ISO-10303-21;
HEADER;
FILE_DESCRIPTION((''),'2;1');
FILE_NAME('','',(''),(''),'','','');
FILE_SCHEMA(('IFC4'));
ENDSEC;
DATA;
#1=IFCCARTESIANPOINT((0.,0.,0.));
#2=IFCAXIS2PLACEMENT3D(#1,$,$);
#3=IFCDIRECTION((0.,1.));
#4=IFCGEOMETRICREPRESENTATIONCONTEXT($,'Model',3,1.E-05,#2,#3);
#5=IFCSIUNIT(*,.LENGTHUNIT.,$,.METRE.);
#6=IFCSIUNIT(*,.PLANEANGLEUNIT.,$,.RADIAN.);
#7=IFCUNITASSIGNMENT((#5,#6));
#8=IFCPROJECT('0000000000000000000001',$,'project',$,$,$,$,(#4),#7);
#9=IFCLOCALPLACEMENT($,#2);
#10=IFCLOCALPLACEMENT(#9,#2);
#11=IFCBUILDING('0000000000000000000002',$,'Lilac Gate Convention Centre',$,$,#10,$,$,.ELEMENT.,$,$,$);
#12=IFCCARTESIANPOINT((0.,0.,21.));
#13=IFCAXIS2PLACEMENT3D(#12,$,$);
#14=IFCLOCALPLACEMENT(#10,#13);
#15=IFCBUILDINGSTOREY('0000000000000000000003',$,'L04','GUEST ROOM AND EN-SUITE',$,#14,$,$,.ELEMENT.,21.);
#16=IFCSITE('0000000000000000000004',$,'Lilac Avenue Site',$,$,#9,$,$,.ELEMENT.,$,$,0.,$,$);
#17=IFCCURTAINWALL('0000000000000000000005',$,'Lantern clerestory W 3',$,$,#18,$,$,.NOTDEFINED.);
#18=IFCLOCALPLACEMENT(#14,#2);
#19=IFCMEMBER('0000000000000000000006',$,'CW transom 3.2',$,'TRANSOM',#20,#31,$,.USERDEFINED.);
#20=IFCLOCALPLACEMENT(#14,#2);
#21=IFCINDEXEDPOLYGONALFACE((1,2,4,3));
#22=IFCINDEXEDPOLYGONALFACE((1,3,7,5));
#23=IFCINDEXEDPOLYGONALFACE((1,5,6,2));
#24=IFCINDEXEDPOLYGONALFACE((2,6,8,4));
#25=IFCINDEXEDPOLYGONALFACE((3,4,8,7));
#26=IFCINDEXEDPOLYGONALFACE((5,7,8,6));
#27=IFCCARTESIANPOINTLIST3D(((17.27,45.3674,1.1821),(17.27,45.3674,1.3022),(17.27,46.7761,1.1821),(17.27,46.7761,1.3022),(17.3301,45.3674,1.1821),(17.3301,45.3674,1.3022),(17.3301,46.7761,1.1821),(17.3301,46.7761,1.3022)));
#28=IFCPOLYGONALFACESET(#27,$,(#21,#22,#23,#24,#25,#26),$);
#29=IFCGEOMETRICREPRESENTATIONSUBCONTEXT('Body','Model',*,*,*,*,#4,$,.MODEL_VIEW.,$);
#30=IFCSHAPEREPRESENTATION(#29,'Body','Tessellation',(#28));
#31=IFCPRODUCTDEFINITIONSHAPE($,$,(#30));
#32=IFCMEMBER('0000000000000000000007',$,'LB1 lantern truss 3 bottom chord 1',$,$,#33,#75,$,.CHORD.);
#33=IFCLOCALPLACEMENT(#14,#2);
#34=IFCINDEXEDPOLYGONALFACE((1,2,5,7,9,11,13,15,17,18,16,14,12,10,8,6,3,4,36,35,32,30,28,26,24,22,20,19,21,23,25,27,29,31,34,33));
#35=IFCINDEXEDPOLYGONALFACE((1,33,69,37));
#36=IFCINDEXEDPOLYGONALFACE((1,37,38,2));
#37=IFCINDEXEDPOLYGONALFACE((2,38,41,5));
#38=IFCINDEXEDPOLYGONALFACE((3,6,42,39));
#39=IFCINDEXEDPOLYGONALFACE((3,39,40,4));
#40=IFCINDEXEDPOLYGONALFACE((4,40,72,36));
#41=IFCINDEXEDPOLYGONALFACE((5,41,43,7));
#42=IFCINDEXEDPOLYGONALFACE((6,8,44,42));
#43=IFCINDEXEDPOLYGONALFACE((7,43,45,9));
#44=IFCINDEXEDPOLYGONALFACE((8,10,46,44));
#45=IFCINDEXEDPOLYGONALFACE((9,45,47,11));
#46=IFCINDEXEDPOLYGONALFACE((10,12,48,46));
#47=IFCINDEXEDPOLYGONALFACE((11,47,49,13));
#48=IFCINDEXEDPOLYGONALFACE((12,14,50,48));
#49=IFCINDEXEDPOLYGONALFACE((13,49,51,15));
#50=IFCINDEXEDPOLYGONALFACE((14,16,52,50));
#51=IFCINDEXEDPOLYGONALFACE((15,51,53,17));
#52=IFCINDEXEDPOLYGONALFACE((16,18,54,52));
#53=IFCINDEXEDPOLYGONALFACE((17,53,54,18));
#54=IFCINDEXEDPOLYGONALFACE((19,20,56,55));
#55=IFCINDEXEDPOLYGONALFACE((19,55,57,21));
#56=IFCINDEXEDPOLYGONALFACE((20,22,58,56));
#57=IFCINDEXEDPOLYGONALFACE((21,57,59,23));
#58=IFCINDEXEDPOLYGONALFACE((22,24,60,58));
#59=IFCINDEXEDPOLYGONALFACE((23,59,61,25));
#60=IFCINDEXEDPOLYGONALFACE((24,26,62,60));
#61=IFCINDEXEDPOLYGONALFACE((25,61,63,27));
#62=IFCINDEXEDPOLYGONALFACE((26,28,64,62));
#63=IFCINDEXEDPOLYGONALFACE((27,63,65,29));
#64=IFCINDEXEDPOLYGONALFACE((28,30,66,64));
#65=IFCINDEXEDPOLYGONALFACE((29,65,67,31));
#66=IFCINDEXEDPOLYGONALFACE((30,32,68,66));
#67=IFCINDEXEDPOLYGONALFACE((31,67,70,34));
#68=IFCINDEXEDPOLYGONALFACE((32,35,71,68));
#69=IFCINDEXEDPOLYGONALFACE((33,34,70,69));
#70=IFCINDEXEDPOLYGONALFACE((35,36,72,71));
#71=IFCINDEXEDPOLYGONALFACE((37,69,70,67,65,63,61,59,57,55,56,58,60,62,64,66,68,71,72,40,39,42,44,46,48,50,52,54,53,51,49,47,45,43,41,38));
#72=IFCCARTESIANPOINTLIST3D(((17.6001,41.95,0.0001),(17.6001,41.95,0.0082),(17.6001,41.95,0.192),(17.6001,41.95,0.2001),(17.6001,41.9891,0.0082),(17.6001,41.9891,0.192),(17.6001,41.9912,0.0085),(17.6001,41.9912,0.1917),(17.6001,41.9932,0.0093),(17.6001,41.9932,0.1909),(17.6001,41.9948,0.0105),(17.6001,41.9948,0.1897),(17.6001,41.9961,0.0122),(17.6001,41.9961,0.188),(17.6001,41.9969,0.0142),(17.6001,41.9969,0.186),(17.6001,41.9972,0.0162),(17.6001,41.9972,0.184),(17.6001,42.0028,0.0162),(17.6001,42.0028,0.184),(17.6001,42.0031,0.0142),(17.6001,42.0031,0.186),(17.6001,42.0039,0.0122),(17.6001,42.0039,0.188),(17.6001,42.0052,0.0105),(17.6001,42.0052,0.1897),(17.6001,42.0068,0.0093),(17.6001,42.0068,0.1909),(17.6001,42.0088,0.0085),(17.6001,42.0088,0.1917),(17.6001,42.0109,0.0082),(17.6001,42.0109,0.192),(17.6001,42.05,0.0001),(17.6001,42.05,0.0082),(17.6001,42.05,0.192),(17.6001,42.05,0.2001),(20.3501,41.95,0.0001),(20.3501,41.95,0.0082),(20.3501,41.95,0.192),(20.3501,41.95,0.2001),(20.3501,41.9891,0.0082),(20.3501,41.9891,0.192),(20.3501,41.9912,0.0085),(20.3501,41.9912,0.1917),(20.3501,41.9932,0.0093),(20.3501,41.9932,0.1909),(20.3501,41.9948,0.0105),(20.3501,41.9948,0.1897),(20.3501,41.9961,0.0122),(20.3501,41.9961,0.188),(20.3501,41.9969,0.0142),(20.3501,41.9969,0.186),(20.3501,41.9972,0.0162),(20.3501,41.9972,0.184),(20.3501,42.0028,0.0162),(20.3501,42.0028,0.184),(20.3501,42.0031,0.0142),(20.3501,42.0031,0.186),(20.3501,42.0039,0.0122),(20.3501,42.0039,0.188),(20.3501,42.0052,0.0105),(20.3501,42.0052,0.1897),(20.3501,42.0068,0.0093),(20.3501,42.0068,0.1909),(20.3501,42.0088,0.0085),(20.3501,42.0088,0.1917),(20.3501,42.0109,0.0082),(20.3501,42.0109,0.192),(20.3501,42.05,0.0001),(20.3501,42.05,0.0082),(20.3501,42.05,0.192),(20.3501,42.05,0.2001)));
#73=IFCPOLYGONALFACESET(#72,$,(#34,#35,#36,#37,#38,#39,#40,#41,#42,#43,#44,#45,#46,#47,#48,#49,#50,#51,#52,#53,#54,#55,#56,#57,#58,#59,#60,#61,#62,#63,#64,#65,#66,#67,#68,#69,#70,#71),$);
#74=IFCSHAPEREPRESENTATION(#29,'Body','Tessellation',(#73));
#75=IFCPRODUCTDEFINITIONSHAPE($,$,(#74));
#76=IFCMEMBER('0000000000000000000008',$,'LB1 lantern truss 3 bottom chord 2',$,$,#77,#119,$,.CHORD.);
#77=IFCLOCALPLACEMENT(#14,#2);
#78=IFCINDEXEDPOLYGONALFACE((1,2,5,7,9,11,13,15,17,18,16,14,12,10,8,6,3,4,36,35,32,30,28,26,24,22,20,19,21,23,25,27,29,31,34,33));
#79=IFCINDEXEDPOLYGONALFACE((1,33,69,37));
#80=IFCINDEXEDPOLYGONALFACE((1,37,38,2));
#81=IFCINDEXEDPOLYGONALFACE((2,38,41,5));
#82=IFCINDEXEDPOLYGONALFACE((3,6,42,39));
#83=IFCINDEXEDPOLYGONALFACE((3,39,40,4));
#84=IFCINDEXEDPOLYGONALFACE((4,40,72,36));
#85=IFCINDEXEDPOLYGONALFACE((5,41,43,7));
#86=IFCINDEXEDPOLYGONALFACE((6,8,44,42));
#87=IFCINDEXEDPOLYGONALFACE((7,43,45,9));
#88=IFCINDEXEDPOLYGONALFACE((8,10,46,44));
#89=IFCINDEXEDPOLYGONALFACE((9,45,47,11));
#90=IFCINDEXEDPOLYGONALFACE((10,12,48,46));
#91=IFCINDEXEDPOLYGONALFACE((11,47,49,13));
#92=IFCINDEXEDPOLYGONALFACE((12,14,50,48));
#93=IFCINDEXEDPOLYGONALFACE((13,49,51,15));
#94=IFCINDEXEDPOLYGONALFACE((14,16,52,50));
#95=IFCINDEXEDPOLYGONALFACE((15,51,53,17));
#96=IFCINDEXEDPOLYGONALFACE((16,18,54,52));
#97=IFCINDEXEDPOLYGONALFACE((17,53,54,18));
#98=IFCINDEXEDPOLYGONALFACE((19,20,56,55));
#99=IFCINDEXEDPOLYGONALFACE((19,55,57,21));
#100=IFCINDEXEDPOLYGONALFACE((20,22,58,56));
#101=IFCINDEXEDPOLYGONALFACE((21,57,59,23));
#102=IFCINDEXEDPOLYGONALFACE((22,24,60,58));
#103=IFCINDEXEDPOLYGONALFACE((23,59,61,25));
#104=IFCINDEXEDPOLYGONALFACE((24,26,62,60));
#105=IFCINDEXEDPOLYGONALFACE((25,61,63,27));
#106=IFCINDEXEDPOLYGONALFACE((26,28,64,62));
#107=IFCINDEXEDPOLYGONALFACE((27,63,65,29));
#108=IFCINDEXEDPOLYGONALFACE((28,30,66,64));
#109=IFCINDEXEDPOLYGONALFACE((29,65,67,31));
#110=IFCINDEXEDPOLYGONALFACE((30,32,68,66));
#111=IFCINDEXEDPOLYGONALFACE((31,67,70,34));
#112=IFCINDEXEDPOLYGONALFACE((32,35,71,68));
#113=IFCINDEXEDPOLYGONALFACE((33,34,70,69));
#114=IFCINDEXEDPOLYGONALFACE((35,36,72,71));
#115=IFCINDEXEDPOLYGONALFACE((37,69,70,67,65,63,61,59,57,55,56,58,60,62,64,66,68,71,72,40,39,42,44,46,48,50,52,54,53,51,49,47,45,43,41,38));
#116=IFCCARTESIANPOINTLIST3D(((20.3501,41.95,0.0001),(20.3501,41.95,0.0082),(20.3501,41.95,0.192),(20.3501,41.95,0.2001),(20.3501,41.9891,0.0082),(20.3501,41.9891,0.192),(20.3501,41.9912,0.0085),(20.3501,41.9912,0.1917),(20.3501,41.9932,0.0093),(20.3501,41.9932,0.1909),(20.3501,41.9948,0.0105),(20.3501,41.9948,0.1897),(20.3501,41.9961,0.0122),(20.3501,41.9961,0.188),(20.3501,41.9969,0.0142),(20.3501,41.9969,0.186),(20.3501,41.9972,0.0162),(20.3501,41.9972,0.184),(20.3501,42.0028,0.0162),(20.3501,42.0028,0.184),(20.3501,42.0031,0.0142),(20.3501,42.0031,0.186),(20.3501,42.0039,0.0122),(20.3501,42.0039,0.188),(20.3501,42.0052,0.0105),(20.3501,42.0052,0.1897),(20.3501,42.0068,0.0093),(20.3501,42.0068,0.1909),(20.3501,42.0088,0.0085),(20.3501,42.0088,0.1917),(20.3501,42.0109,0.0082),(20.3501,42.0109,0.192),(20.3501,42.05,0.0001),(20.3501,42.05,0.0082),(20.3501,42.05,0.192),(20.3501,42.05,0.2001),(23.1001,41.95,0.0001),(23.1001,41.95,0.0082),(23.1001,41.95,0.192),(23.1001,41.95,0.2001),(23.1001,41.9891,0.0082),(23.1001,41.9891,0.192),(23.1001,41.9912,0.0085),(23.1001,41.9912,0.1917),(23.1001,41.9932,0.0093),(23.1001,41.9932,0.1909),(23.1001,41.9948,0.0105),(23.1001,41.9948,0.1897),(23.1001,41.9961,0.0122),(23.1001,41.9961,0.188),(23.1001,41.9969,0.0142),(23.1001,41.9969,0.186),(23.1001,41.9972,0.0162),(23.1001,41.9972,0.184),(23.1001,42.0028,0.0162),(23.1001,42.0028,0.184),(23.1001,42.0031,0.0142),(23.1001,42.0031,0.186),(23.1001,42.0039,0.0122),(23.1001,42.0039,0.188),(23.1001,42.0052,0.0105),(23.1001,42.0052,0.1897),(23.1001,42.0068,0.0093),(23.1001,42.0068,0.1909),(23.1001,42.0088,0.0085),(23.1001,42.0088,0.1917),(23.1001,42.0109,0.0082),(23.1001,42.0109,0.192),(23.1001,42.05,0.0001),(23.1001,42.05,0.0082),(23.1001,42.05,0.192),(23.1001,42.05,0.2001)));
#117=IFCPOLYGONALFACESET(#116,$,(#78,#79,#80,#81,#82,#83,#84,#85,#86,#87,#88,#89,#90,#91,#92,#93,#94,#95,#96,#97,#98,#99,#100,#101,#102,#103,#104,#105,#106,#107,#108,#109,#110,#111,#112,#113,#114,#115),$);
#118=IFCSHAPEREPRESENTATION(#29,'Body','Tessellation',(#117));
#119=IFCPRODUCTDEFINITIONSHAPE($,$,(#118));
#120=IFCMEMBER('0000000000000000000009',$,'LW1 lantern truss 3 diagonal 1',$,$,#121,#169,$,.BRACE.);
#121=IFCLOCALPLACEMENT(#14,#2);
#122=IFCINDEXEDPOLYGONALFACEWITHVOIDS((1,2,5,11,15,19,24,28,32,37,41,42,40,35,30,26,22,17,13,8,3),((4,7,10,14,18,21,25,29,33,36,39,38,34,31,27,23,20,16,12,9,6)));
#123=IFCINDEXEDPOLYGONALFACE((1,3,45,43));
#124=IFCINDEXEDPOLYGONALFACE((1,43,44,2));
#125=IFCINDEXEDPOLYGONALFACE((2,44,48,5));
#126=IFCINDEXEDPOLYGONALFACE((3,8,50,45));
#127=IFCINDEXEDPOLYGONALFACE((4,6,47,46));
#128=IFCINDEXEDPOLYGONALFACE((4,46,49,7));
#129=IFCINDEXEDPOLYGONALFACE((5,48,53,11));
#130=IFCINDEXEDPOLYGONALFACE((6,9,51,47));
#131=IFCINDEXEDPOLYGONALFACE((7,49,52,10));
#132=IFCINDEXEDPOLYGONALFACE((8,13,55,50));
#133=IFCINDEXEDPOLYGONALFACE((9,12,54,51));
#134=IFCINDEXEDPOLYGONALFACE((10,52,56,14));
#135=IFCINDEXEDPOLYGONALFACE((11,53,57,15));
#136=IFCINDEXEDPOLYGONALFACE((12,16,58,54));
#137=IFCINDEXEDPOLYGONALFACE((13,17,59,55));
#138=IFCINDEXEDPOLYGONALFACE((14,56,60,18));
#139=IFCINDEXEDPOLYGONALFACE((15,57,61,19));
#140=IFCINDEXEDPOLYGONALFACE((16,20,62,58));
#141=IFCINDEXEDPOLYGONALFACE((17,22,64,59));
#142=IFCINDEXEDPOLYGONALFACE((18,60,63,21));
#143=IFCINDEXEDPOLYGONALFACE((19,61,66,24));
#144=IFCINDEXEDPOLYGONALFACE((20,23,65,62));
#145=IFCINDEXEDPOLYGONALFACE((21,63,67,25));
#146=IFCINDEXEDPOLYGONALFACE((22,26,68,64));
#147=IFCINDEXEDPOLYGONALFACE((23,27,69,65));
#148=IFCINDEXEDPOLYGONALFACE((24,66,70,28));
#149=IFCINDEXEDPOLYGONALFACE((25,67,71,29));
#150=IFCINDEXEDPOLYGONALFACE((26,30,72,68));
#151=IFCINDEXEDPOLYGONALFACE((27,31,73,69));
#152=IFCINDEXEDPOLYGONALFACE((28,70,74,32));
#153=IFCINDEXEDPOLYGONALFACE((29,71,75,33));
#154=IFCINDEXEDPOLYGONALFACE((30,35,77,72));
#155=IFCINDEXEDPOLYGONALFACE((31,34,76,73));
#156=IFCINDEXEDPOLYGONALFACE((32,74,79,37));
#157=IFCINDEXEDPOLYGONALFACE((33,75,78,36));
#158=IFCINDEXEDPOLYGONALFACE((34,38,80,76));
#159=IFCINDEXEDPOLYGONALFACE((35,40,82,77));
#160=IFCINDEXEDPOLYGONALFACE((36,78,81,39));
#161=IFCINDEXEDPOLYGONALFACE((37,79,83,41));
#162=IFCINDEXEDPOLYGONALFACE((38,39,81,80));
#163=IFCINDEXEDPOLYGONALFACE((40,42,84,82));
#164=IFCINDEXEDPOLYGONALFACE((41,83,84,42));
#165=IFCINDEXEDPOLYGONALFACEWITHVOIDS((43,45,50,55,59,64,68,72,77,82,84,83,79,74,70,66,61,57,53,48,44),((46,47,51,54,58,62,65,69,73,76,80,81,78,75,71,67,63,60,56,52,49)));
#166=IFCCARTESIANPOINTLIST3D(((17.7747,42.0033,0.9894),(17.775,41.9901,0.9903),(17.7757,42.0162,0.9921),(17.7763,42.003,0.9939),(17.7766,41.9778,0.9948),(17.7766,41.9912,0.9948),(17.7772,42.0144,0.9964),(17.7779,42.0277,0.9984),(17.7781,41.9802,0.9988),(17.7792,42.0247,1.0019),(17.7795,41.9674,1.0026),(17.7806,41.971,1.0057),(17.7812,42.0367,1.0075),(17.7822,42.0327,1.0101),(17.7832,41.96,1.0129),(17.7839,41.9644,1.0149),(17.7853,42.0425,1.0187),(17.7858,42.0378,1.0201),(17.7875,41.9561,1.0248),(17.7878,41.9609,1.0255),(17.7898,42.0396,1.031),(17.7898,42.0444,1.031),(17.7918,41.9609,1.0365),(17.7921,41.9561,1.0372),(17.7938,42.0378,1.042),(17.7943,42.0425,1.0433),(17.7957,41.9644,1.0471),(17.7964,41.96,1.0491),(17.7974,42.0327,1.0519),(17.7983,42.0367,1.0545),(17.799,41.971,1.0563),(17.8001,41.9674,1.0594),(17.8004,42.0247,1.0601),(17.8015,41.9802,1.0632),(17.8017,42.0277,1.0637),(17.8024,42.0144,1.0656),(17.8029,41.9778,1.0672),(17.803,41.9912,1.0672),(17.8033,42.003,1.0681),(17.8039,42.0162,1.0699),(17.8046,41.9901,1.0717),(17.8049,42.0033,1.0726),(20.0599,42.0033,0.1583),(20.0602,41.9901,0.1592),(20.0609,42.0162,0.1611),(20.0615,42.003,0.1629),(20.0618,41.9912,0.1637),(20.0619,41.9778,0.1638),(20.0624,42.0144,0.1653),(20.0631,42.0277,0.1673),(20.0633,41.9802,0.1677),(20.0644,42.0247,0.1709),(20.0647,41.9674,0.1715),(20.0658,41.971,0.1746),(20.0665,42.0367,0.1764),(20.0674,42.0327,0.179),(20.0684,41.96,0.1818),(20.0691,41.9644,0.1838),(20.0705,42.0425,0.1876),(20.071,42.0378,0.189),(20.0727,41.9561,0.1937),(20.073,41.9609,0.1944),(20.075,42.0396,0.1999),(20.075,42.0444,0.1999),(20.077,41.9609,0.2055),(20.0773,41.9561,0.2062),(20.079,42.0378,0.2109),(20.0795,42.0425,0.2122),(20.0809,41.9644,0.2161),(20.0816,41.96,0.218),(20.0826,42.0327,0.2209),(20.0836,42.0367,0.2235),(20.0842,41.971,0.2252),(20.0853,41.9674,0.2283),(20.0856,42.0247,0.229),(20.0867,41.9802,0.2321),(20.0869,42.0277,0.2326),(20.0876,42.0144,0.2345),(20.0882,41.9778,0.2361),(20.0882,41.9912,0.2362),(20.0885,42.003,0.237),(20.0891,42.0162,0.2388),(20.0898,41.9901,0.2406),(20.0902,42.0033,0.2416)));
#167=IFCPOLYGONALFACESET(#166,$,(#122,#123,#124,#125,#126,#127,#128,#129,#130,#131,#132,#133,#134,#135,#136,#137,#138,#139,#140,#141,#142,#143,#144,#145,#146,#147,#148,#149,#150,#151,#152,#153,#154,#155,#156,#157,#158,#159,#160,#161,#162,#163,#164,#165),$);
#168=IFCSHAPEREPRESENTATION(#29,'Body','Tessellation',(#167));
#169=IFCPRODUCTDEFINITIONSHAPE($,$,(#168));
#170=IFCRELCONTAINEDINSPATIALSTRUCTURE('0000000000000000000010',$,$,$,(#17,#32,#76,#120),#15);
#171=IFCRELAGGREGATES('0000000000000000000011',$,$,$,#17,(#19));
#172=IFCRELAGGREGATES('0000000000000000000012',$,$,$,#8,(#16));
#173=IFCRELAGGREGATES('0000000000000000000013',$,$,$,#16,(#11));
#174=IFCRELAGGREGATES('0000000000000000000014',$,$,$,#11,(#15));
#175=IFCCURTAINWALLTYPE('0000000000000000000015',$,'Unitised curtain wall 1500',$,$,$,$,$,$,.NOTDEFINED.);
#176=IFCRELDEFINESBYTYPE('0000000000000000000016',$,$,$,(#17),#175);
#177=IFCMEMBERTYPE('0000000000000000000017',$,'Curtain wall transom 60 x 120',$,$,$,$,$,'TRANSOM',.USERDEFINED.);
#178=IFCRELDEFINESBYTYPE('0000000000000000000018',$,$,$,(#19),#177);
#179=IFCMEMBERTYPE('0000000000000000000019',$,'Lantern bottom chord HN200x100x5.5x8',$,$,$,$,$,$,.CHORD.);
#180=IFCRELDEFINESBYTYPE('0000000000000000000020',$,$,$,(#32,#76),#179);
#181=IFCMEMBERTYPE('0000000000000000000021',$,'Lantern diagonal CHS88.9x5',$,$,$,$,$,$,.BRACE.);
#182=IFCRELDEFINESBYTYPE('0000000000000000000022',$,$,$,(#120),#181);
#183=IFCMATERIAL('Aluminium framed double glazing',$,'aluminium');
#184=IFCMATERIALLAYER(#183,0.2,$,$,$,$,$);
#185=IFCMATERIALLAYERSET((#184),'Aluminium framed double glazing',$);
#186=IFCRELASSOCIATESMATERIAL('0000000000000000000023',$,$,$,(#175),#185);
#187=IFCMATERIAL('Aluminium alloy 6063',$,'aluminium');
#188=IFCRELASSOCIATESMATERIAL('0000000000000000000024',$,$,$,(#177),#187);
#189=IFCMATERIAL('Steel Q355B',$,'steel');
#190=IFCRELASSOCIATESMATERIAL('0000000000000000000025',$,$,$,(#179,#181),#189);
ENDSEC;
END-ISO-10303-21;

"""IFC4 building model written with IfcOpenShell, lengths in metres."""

from ifc_helpers import new_model, si_unit, direction, frame, origin, origin_2d, place, context, subcontext, project, spatial, rectangle, hollow_circle, i_section, extrude, material, layer, layer_set, material_profile, profile_set, type_object, element, aggregate, save


model = new_model("IFC4")

# Units and contexts
model_context = context("Model", 3, precision=1e-05, world=origin(), true_north=direction((0.0, 1.0)))
body_context = subcontext(model_context, "Body", "Model", "MODEL_VIEW")
ifc_project = project(units=[si_unit("LENGTHUNIT", "METRE"), si_unit("PLANEANGLEUNIT", "RADIAN")], contexts=[model_context])

# Site, building, storey
site_placement = place(None, origin())
site = spatial("IfcSite", under=ifc_project, at=site_placement, Name="Lilac Avenue Site", CompositionType="ELEMENT", RefElevation=0.0)
building_placement = place(site_placement, origin())
building = spatial("IfcBuilding", under=site, at=building_placement, Name="Lilac Gate Convention Centre", CompositionType="ELEMENT")
storey_placement = place(building_placement, frame((0.0, 0.0, 21.0)))
storey = spatial("IfcBuildingStorey", under=building, at=storey_placement, Name="L04", Description="GUEST ROOM AND EN-SUITE", CompositionType="ELEMENT", Elevation=21.0)

# Curtain wall
ifc_material_1 = material(Name="Aluminium framed double glazing", Category="aluminium")
ifc_layer_1 = layer(ifc_material_1, 0.2)
ifc_layer_set_1 = layer_set([ifc_layer_1], Name="Aluminium framed double glazing")
curtain_wall_type = type_object("IfcCurtainWallType", Name="Unitised curtain wall 1500", PredefinedType="NOTDEFINED", material=ifc_layer_set_1)
ifc_material_2 = material(Name="Aluminium alloy 6063", Category="aluminium")
curtain_wall_1_placement = place(storey_placement, origin())
curtain_wall_1 = element("IfcCurtainWall", 1, at=curtain_wall_1_placement, inside=storey, type_object=curtain_wall_type, Name="Lantern clerestory W 3", PredefinedType="NOTDEFINED")

# Member
ifc_material_profile_1 = material_profile(ifc_material_2, rectangle(XDim=0.0601, YDim=0.1201, at=origin_2d()), Name="Curtain wall transom 60 x 120")
ifc_profile_set_1 = profile_set([ifc_material_profile_1], Name="Aluminium alloy 6063")
member_type_1 = type_object("IfcMemberType", Name="Curtain wall transom 60 x 120", ElementType="TRANSOM", PredefinedType="USERDEFINED", material=ifc_profile_set_1)
member_1_placement = place(storey_placement, frame((17.3, 45.3674, 1.2422), z_axis=(0.0, 1.0, 0.0), x_axis=(-1.0, 0.0, 0.0)))
member_1 = element("IfcMember", 2, at=member_1_placement, type_object=member_type_1, Name="CW transom 3.2", ObjectType="TRANSOM", PredefinedType="USERDEFINED", context=body_context, shape_type="SweptSolid", body=[
    extrude(rectangle(XDim=0.0601, YDim=0.1201, at=origin_2d()), origin(), (0.0, 0.0, 1.0), 1.4087),
])

# Members
ifc_material_3 = material(Name="Steel Q355B", Category="steel")
ifc_material_profile_2 = material_profile(ifc_material_3, i_section(OverallWidth=0.1001, OverallDepth=0.2, WebThickness=0.0056, FlangeThickness=0.0081, FilletRadius=0.0081, at=origin_2d()), Name="HN200x100x5.5x8")
ifc_profile_set_2 = profile_set([ifc_material_profile_2], Name="Steel Q355B")
member_type_2 = type_object("IfcMemberType", Name="Lantern bottom chord HN200x100x5.5x8", PredefinedType="CHORD", material=ifc_profile_set_2)
for number, where, z_axis, x_axis, name in (
    (3, (17.6001, 42.0, 0.1001), (1.0, 0.0, 0.0), (0.0, 1.0, 0.0), "LB1 lantern truss 3 bottom chord 1"),
    (4, (20.3501, 42.0, 0.1001), (1.0, 0.0, 0.0), (0.0, 1.0, 0.0), "LB1 lantern truss 3 bottom chord 2"),
):
    element("IfcMember", number, at=place(storey_placement, frame(where, z_axis=z_axis, x_axis=x_axis)), inside=storey, type_object=member_type_2, Name=name, PredefinedType="CHORD", context=body_context, shape_type="SweptSolid", body=[
        extrude(i_section(OverallWidth=0.1001, OverallDepth=0.2, WebThickness=0.0056, FlangeThickness=0.0081, FilletRadius=0.0081, at=origin_2d()), origin(), (0.0, 0.0, 1.0), 2.75),
    ])
ifc_material_profile_3 = material_profile(ifc_material_3, hollow_circle(Radius=0.0444, WallThickness=0.0049, at=origin_2d()), Name="CHS88.9x5")
ifc_profile_set_3 = profile_set([ifc_material_profile_3], Name="Steel Q355B")
member_type_3 = type_object("IfcMemberType", Name="Lantern diagonal CHS88.9x5", PredefinedType="BRACE", material=ifc_profile_set_3)
member_2_placement = place(storey_placement, frame((17.7898, 42.0, 1.031), z_axis=(0.939782, 0.0, -0.341775), x_axis=(0.0, 1.0, 0.0)))
element("IfcMember", 5, at=member_2_placement, inside=storey, type_object=member_type_3, Name="LW1 lantern truss 3 diagonal 1", PredefinedType="BRACE", context=body_context, shape_type="SweptSolid", body=[
    extrude(hollow_circle(Radius=0.0444, WallThickness=0.0049, at=origin_2d()), origin(), (0.0, 0.0, 1.0), 2.4316),
])

aggregate(curtain_wall_1, [member_1])

save(model, "model.ifc")
